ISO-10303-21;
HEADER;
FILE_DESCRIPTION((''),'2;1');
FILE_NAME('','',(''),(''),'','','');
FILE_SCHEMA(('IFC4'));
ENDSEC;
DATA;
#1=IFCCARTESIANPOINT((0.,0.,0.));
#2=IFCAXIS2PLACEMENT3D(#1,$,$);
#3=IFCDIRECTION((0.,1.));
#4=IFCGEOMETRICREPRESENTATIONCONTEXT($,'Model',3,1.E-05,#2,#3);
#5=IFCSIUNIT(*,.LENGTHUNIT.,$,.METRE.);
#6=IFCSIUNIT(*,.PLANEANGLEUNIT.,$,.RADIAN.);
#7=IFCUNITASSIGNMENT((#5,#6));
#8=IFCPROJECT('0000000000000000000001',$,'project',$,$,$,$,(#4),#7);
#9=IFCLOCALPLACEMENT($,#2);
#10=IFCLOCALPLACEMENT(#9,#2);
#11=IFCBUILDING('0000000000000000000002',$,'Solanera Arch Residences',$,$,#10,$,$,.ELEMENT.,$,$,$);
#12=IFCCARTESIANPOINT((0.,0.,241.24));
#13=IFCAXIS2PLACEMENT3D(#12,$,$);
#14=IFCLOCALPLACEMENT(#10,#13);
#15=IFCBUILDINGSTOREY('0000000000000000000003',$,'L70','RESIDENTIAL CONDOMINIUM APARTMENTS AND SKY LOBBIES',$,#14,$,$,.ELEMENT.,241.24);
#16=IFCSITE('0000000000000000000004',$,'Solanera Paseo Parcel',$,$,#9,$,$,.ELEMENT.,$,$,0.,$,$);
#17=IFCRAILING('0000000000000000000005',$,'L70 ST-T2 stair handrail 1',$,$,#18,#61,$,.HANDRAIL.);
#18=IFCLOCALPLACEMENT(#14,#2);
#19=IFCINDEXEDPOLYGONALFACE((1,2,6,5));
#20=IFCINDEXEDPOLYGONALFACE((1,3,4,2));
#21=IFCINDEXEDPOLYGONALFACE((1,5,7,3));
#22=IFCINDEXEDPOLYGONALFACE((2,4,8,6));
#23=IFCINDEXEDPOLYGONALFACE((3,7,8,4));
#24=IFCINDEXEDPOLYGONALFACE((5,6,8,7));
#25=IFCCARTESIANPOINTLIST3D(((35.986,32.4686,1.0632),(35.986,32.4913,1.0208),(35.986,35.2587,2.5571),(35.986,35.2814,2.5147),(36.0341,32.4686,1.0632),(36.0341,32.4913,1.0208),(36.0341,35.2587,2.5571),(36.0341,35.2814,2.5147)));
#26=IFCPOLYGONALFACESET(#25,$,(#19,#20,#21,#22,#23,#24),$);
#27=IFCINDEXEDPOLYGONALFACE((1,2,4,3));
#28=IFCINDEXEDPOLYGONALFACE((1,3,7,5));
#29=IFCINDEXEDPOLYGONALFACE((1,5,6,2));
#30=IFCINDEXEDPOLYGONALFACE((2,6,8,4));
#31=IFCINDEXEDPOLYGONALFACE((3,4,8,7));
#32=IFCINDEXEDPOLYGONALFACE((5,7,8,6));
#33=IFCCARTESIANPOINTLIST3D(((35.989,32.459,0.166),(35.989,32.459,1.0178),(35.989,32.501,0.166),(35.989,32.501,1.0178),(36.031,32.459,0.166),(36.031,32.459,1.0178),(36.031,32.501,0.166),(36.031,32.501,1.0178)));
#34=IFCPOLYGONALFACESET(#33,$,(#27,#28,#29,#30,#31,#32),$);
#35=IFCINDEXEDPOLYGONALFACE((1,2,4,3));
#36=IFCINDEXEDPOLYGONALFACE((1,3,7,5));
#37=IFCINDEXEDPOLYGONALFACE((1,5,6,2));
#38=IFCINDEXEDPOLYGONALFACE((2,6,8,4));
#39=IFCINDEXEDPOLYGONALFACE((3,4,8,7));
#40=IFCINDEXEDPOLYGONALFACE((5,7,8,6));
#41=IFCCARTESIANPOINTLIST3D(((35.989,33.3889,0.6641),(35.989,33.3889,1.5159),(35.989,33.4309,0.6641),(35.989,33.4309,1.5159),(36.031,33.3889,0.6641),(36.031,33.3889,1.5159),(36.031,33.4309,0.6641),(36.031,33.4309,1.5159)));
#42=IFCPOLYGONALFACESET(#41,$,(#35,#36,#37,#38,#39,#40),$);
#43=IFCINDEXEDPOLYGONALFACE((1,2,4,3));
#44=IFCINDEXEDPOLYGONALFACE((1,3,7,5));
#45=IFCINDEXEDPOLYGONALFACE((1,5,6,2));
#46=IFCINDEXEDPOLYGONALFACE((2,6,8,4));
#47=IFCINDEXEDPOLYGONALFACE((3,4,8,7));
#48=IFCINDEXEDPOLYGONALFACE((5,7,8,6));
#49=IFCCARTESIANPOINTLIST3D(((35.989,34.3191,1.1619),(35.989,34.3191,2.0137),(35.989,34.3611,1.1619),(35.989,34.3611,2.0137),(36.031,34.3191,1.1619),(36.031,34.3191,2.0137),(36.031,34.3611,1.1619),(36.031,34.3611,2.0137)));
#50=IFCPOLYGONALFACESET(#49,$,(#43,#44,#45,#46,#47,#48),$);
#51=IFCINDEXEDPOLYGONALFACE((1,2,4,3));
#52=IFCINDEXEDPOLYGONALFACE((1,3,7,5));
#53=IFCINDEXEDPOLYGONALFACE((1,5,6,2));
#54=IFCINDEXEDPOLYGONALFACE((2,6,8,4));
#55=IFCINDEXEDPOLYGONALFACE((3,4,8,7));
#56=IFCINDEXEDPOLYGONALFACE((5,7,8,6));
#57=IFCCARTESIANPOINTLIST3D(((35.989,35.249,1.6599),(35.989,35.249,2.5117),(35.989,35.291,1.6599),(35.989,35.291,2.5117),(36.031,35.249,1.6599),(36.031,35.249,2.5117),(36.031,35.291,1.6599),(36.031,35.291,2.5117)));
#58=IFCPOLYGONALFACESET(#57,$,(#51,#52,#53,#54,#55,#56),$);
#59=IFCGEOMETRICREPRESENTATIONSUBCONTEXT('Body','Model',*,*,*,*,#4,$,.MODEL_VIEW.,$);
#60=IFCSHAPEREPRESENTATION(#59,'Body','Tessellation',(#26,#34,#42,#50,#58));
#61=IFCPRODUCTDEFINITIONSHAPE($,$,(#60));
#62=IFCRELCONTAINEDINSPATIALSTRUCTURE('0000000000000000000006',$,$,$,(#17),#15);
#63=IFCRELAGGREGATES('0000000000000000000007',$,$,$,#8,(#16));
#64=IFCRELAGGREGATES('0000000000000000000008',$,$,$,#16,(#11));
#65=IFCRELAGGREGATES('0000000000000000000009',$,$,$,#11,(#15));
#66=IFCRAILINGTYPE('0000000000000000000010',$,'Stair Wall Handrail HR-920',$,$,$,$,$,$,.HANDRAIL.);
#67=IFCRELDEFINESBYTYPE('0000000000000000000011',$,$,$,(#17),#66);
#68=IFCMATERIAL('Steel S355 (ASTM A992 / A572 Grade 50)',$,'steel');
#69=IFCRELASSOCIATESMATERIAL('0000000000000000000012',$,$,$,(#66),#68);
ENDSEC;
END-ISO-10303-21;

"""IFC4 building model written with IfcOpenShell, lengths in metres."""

from ifc_helpers import new_model, si_unit, direction, frame, origin, origin_2d, place, context, subcontext, project, spatial, rectangle, extrude, material, type_object, element, save


model = new_model("IFC4")

# Units and contexts
model_context = context("Model", 3, precision=1e-05, world=origin(), true_north=direction((0.0, 1.0)))
body_context = subcontext(model_context, "Body", "Model", "MODEL_VIEW")
ifc_project = project(units=[si_unit("LENGTHUNIT", "METRE"), si_unit("PLANEANGLEUNIT", "RADIAN")], contexts=[model_context])

# Site, building, storey
site_placement = place(None, origin())
site = spatial("IfcSite", under=ifc_project, at=site_placement, Name="Solanera Paseo Parcel", CompositionType="ELEMENT", RefElevation=0.0)
building_placement = place(site_placement, origin())
building = spatial("IfcBuilding", under=site, at=building_placement, Name="Solanera Arch Residences", CompositionType="ELEMENT")
storey_placement = place(building_placement, frame((0.0, 0.0, 241.24)))
storey = spatial("IfcBuildingStorey", under=building, at=storey_placement, Name="L70", Description="RESIDENTIAL CONDOMINIUM APARTMENTS AND SKY LOBBIES", CompositionType="ELEMENT", Elevation=241.24)

# Railing
ifc_material_1 = material(Name="Steel S355 (ASTM A992 / A572 Grade 50)", Category="steel")
railing_type_1 = type_object("IfcRailingType", Name="Stair Wall Handrail HR-920", PredefinedType="HANDRAIL", material=ifc_material_1)
railing_1_placement = place(storey_placement, frame((36.01, 32.48, 0.166)))
element("IfcRailing", 1, at=railing_1_placement, inside=storey, type_object=railing_type_1, Name="L70 ST-T2 stair handrail 1", PredefinedType="HANDRAIL", context=body_context, shape_type="SweptSolid", body=[
    extrude(rectangle(XDim=0.0481, YDim=0.0481, at=origin_2d()), frame((0.0, 0.0, 0.876), z_axis=(0.0, 0.881581, 0.472033), x_axis=(-1.0, 0.0, 0.0)), (0.0, 0.0, 1.0), 3.1648),
    extrude(rectangle(XDim=0.042, YDim=0.042, at=origin_2d()), origin(), (0.0, 0.0, 1.0), 0.8518),
    extrude(rectangle(XDim=0.042, YDim=0.042, at=origin_2d()), frame((0.0, 0.9299, 0.498)), (0.0, 0.0, 1.0), 0.8518),
    extrude(rectangle(XDim=0.042, YDim=0.042, at=origin_2d()), frame((0.0, 1.8601, 0.9958)), (0.0, 0.0, 1.0), 0.8518),
    extrude(rectangle(XDim=0.042, YDim=0.042, at=origin_2d()), frame((0.0, 2.79, 1.4939)), (0.0, 0.0, 1.0), 0.8518),
])

save(model, "model.ifc")
